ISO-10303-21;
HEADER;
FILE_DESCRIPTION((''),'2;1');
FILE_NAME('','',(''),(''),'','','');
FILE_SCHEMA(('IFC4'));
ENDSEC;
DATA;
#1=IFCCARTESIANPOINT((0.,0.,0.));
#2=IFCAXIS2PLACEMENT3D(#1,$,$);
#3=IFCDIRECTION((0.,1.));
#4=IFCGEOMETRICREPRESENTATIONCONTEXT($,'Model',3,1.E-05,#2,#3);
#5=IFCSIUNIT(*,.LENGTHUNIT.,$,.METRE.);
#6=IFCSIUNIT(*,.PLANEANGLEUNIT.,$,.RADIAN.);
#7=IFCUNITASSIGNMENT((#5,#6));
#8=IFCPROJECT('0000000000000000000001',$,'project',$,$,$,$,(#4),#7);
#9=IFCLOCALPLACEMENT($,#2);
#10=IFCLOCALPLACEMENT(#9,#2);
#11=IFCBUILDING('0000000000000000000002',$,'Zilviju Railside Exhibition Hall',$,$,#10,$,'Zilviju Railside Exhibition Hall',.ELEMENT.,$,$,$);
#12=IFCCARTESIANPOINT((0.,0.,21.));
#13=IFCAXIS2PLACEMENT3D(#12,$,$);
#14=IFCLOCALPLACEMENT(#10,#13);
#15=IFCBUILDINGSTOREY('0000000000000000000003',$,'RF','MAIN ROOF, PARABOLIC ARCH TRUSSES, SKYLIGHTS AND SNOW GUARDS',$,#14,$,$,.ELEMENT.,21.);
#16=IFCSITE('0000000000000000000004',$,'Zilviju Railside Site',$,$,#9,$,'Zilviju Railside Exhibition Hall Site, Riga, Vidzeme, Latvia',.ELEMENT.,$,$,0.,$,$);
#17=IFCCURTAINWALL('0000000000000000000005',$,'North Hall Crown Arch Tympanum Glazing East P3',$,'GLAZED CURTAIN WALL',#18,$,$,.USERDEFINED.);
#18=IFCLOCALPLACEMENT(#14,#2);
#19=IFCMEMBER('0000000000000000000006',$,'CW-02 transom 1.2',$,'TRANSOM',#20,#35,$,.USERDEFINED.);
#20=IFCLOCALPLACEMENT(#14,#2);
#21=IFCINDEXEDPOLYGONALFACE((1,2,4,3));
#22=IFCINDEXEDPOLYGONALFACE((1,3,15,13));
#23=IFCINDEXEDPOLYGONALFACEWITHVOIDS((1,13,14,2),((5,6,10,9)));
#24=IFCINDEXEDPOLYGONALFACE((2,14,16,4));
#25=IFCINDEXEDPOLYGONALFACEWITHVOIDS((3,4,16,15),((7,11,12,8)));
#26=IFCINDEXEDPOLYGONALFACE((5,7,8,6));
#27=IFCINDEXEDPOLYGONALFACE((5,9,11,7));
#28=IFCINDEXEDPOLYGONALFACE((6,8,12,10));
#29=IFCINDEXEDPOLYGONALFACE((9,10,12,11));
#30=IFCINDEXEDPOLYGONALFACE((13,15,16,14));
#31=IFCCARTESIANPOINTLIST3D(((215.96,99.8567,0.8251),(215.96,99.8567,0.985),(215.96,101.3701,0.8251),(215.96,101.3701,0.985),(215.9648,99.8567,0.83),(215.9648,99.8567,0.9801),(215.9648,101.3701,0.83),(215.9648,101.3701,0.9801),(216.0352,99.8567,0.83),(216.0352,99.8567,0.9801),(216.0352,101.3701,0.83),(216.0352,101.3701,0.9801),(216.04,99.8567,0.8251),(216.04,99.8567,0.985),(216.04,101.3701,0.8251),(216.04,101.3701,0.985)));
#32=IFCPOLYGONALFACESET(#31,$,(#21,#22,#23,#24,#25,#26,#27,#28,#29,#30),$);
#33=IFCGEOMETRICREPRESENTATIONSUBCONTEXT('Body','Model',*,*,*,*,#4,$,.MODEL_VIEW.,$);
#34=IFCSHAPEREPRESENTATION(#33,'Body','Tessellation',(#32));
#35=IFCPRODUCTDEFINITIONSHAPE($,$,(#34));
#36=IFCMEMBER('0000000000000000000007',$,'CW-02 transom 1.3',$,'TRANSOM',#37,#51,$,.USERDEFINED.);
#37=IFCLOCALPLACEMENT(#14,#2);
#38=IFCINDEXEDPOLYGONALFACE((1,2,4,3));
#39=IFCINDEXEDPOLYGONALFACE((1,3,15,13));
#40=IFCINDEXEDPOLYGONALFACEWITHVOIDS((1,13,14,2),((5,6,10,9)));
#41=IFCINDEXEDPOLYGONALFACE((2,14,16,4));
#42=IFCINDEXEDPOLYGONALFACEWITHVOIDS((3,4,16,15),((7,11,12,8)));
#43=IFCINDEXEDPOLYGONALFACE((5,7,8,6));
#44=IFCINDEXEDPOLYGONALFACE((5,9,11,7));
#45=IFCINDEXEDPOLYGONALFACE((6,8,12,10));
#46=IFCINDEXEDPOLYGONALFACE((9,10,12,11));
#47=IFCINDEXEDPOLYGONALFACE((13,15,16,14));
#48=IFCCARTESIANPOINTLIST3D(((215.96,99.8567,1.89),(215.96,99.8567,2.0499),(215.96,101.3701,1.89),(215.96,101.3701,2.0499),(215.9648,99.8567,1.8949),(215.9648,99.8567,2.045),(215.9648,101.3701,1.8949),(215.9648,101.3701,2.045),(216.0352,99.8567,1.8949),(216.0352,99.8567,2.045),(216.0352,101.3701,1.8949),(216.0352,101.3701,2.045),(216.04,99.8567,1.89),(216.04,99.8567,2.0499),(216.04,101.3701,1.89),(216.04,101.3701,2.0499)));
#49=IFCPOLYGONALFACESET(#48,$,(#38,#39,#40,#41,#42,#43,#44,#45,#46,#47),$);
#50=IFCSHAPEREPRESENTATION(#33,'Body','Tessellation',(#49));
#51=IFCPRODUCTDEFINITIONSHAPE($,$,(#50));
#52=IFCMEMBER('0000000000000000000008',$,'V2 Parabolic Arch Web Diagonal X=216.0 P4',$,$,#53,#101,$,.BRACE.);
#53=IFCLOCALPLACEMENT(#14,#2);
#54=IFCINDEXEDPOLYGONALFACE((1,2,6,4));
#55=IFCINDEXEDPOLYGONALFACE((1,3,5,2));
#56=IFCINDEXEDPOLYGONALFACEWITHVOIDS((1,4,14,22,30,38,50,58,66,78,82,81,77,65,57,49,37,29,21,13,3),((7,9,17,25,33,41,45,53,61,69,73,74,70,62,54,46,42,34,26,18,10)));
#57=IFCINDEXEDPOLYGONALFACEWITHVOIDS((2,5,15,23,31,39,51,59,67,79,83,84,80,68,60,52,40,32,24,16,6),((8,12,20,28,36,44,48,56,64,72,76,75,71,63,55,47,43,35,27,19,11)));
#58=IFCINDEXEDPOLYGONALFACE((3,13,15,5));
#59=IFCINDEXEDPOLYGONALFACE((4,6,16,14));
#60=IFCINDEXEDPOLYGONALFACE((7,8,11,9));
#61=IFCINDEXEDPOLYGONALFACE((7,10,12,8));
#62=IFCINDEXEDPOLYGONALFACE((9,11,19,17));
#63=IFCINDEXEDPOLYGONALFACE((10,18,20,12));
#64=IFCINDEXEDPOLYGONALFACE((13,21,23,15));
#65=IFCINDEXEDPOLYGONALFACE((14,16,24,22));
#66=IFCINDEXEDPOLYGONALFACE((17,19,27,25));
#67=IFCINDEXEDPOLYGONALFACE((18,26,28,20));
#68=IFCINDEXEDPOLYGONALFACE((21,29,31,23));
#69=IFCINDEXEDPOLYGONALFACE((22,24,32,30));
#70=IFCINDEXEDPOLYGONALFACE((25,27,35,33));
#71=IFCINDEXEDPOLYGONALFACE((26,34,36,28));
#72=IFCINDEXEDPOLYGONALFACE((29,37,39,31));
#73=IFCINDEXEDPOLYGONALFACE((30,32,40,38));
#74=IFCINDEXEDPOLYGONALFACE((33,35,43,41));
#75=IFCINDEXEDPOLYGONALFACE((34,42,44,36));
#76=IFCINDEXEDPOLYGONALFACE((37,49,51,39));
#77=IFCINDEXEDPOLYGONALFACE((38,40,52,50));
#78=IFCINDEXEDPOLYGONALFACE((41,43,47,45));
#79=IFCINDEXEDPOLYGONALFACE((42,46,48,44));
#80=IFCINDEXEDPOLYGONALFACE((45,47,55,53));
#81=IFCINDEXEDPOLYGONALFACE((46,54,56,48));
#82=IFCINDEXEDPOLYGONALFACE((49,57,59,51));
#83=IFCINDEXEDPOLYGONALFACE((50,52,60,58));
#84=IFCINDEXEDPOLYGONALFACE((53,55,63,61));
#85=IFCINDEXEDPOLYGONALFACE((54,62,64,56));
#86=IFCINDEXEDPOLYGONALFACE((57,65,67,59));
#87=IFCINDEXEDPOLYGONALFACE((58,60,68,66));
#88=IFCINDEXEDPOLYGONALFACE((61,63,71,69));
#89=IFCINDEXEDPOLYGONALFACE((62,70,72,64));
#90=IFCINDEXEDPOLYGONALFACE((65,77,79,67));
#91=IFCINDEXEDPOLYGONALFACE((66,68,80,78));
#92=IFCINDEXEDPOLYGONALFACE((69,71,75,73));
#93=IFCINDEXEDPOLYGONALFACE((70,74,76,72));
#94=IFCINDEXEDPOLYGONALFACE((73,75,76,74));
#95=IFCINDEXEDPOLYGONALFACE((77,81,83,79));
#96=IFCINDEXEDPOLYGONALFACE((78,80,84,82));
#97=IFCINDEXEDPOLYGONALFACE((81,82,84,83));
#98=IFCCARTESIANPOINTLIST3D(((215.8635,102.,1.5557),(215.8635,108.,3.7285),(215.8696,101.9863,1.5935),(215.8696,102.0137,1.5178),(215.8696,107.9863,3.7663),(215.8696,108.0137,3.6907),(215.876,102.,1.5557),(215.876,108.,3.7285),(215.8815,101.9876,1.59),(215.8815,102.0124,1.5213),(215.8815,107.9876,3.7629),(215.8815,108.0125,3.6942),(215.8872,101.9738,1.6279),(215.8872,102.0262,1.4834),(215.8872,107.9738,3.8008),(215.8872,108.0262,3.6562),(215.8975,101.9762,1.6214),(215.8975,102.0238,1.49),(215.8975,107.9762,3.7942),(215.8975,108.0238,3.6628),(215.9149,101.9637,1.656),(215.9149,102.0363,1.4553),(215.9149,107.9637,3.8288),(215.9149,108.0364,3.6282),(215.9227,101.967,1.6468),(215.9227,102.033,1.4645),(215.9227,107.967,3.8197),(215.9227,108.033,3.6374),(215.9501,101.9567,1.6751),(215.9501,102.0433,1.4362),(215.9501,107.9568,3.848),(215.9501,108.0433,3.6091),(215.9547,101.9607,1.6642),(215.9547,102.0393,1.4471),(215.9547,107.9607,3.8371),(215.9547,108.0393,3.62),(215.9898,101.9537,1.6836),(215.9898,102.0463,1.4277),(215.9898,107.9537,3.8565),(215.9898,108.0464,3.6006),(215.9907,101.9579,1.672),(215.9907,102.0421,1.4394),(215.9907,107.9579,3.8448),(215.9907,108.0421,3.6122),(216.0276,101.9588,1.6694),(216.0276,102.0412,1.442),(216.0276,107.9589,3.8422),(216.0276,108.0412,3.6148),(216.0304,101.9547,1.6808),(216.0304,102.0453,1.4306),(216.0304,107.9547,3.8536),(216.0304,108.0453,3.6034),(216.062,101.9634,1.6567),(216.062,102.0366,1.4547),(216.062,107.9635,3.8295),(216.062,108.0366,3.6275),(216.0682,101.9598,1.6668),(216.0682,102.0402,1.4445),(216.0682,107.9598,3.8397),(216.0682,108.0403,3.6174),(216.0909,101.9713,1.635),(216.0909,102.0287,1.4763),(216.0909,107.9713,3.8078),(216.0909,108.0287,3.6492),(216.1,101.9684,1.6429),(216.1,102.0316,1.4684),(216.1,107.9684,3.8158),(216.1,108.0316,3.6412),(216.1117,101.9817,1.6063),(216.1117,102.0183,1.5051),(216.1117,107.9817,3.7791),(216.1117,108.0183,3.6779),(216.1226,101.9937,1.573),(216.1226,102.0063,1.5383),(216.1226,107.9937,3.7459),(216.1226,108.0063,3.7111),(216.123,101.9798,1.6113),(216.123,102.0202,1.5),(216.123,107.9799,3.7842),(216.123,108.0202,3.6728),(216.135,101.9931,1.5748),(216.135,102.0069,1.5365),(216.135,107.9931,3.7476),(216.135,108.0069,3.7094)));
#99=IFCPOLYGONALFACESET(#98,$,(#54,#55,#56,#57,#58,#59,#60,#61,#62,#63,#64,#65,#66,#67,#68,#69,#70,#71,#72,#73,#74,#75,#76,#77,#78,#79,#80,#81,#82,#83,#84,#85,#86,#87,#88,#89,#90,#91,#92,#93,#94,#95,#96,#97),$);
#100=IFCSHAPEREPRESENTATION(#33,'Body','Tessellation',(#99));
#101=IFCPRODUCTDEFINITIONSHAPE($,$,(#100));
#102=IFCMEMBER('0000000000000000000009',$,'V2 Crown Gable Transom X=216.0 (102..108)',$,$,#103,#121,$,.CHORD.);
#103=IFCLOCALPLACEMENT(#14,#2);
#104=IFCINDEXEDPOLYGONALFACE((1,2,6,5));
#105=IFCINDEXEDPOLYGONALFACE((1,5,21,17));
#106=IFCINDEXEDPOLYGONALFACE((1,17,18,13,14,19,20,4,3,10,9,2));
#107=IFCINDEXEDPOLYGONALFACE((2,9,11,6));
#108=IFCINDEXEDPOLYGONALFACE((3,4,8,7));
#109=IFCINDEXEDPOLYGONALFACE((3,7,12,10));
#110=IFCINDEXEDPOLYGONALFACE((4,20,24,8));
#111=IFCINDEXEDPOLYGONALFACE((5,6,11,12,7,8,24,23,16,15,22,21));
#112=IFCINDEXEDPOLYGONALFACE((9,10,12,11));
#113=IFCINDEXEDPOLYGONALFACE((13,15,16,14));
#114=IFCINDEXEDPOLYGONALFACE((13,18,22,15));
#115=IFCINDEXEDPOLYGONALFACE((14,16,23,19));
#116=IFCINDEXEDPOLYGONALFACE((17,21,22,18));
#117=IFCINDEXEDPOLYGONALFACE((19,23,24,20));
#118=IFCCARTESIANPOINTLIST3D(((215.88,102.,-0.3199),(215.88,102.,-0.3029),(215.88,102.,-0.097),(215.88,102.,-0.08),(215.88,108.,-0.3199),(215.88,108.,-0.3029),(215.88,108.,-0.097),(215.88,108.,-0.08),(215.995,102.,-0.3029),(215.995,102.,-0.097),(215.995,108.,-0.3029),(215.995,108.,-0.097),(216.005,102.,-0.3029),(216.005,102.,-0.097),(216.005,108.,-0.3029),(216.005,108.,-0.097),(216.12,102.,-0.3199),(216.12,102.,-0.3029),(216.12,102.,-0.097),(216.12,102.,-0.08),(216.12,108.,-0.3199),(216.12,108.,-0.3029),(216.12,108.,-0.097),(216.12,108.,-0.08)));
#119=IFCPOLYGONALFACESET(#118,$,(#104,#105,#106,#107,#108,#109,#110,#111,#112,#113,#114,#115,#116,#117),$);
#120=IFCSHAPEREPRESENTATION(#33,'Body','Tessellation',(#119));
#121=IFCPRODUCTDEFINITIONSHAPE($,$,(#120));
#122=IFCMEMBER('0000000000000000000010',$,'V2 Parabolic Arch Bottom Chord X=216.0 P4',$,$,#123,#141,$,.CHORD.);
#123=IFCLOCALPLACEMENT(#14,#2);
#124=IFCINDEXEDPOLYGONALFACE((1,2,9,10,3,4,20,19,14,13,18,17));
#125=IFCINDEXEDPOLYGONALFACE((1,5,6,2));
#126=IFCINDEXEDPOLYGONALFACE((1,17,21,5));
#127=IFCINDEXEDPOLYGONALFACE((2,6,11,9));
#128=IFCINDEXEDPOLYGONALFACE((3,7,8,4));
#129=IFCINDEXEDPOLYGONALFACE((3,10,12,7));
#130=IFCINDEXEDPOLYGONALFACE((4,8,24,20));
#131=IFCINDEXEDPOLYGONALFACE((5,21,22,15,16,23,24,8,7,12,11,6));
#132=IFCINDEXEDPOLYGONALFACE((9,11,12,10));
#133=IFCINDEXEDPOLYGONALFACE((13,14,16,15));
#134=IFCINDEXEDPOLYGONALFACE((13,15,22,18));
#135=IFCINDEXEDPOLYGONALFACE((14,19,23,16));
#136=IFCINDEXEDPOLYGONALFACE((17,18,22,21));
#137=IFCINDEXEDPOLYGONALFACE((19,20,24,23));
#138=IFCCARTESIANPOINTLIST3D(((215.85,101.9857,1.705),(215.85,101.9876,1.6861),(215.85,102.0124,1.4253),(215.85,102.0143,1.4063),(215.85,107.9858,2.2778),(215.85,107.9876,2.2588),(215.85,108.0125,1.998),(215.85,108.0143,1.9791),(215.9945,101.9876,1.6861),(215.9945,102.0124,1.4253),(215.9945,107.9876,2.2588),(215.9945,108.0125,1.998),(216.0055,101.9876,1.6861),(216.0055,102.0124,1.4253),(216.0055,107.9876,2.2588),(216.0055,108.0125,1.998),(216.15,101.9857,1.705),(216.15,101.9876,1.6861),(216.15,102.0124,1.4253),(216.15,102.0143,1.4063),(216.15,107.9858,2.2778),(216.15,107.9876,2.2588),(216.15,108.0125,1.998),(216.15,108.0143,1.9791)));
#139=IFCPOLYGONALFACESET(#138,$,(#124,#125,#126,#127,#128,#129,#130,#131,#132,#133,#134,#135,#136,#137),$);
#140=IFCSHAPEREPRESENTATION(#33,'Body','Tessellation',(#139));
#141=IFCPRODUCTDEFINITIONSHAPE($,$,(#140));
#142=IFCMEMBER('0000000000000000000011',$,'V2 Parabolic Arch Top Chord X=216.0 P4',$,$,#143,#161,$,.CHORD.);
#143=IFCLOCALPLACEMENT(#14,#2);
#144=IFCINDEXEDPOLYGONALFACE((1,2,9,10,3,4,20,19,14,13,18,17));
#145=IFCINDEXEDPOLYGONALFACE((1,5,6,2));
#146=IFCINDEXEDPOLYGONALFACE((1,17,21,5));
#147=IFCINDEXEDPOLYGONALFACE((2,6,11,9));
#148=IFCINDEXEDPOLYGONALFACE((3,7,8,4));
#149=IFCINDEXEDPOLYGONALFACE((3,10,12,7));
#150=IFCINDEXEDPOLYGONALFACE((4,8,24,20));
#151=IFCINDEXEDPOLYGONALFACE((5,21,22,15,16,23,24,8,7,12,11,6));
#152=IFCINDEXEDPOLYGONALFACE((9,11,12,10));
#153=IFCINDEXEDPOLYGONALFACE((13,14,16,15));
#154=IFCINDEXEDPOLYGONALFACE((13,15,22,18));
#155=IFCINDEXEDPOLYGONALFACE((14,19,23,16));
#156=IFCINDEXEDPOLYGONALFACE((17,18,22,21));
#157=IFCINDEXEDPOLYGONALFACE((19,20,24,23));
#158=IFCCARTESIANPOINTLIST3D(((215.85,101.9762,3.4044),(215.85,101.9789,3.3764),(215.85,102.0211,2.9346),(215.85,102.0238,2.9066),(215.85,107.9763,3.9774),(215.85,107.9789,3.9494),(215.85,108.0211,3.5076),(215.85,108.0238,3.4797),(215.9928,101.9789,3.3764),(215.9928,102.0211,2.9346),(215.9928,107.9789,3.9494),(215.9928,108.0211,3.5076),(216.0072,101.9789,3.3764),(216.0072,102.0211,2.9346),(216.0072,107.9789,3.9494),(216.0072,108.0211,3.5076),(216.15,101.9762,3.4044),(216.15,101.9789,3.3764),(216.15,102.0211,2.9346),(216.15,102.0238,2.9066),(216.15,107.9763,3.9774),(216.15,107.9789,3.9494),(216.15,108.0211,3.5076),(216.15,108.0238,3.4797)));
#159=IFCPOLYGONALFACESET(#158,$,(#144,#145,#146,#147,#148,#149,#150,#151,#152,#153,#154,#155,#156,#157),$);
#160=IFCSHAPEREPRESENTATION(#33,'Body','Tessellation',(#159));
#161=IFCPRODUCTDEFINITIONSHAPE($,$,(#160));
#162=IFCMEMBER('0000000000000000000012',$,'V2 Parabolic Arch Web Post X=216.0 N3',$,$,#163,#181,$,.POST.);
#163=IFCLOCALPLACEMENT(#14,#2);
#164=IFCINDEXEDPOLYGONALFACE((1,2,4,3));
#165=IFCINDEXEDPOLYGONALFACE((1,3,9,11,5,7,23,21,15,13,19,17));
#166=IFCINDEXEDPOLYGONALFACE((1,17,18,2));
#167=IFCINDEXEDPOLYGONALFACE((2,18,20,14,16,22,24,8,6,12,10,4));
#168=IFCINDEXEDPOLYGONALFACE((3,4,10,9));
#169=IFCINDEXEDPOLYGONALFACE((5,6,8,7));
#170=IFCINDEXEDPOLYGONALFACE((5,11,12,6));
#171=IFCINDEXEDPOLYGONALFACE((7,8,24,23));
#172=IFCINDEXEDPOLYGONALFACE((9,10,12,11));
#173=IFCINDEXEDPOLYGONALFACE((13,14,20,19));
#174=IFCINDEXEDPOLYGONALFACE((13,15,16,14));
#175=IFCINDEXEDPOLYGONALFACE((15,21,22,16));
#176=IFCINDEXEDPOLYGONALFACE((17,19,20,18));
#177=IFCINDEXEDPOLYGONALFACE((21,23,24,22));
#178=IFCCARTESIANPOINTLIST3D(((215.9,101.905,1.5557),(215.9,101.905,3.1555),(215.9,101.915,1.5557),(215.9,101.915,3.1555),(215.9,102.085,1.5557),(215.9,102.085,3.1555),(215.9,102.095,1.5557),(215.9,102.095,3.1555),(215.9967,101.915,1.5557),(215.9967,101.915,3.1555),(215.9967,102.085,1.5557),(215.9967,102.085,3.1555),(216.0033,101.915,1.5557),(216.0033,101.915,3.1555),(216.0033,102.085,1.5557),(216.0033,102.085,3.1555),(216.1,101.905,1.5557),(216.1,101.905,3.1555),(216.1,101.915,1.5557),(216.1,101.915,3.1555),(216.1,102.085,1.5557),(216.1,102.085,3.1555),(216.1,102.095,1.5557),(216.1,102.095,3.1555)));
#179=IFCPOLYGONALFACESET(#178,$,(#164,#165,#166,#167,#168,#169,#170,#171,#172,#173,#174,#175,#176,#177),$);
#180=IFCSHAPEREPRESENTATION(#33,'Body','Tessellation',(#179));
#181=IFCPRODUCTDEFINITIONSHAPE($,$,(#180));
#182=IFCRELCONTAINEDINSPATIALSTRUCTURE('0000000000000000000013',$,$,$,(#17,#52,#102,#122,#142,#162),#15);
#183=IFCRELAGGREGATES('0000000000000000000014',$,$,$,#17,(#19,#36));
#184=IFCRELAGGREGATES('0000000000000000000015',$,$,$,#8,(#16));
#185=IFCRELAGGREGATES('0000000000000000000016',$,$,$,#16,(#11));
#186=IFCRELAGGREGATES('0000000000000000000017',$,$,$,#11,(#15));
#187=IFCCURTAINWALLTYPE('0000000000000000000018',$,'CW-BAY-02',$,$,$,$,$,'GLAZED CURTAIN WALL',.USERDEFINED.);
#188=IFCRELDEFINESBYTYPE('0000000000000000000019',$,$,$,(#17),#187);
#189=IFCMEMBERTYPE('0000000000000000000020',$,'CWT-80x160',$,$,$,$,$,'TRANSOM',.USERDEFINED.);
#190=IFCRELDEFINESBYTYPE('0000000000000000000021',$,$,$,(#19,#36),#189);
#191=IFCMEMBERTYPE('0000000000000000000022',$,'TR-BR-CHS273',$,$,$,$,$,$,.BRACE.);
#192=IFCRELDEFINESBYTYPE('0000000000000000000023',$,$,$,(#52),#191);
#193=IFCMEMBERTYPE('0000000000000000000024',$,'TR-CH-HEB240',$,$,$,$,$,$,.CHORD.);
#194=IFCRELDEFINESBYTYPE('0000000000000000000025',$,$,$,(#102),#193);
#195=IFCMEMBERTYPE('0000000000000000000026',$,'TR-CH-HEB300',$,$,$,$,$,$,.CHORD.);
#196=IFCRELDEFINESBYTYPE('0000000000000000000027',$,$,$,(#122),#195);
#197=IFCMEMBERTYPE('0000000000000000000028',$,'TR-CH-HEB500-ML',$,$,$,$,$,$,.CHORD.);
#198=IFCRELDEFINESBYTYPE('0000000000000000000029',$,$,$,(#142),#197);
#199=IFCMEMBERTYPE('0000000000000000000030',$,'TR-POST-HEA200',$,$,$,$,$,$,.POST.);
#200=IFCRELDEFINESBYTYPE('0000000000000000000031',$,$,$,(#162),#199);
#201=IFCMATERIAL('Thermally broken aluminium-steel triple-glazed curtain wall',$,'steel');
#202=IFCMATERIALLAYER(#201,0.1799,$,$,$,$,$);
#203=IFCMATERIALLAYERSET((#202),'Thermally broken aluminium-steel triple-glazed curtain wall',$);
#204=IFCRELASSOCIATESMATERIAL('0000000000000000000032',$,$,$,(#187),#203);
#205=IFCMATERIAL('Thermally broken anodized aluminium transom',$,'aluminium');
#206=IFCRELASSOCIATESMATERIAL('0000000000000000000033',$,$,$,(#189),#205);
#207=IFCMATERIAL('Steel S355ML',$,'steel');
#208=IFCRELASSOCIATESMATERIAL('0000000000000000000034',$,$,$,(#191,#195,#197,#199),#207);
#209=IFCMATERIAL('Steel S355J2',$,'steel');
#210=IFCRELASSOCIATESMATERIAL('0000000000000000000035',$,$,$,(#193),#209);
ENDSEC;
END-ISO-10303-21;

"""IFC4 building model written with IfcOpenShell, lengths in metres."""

from ifc_helpers import new_model, si_unit, direction, frame, origin, origin_2d, place, context, subcontext, project, spatial, hollow_rectangle, hollow_circle, i_section, extrude, material, layer, layer_set, material_profile, profile_set, type_object, element, aggregate, save


model = new_model("IFC4")

# Units and contexts
model_context = context("Model", 3, precision=1e-05, world=origin(), true_north=direction((0.0, 1.0)))
body_context = subcontext(model_context, "Body", "Model", "MODEL_VIEW")
ifc_project = project(units=[si_unit("LENGTHUNIT", "METRE"), si_unit("PLANEANGLEUNIT", "RADIAN")], contexts=[model_context])

# Site, building, storey
site_placement = place(None, origin())
site = spatial("IfcSite", under=ifc_project, at=site_placement, Name="Zilviju Railside Site", LongName="Zilviju Railside Exhibition Hall Site, Riga, Vidzeme, Latvia", CompositionType="ELEMENT", RefElevation=0.0)
building_placement = place(site_placement, origin())
building = spatial("IfcBuilding", under=site, at=building_placement, Name="Zilviju Railside Exhibition Hall", LongName="Zilviju Railside Exhibition Hall", CompositionType="ELEMENT")
storey_placement = place(building_placement, frame((0.0, 0.0, 21.0)))
storey = spatial("IfcBuildingStorey", under=building, at=storey_placement, Name="RF", Description="MAIN ROOF, PARABOLIC ARCH TRUSSES, SKYLIGHTS AND SNOW GUARDS", CompositionType="ELEMENT", Elevation=21.0)

# Curtain wall
ifc_material_1 = material(Name="Thermally broken aluminium-steel triple-glazed curtain wall", Category="steel")
ifc_layer_1 = layer(ifc_material_1, 0.1799)
ifc_layer_set_1 = layer_set([ifc_layer_1], Name="Thermally broken aluminium-steel triple-glazed curtain wall")
curtain_wall_type_1 = type_object("IfcCurtainWallType", Name="CW-BAY-02", ElementType="GLAZED CURTAIN WALL", PredefinedType="USERDEFINED", material=ifc_layer_set_1)
curtain_wall_1_placement = place(storey_placement, origin())
curtain_wall_1 = element("IfcCurtainWall", 1, at=curtain_wall_1_placement, inside=storey, type_object=curtain_wall_type_1, Name="North Hall Crown Arch Tympanum Glazing East P3", ObjectType="GLAZED CURTAIN WALL", PredefinedType="USERDEFINED")

# Shared definitions
ifc_material_2 = material(Name="Thermally broken anodized aluminium transom", Category="aluminium")

# Members
ifc_material_profile_1 = material_profile(ifc_material_2, hollow_rectangle(XDim=0.0801, YDim=0.1599, WallThickness=0.0049, at=origin_2d()), Name="TRANSOM 160x80x5")
ifc_profile_set_1 = profile_set([ifc_material_profile_1], Name="Thermally broken anodized aluminium transom")
member_type_1 = type_object("IfcMemberType", Name="CWT-80x160", ElementType="TRANSOM", PredefinedType="USERDEFINED", material=ifc_profile_set_1)
member_1_placement = place(storey_placement, frame((216.0, 101.3701, 0.905), z_axis=(0.0, -1.0, 0.0), x_axis=(1.0, 0.0, 0.0)))
member_1 = element("IfcMember", 2, at=member_1_placement, type_object=member_type_1, Name="CW-02 transom 1.2", ObjectType="TRANSOM", PredefinedType="USERDEFINED", context=body_context, shape_type="SweptSolid", body=[
    extrude(hollow_rectangle(XDim=0.0801, YDim=0.1599, WallThickness=0.0049, at=origin_2d()), origin(), (0.0, 0.0, 1.0), 1.5134),
])
member_2_placement = place(storey_placement, frame((216.0, 101.3701, 1.97), z_axis=(0.0, -1.0, 0.0), x_axis=(1.0, 0.0, 0.0)))
member_2 = element("IfcMember", 3, at=member_2_placement, type_object=member_type_1, Name="CW-02 transom 1.3", ObjectType="TRANSOM", PredefinedType="USERDEFINED", context=body_context, shape_type="SweptSolid", body=[
    extrude(hollow_rectangle(XDim=0.0801, YDim=0.1599, WallThickness=0.0049, at=origin_2d()), origin(), (0.0, 0.0, 1.0), 1.5134),
])

# Members
ifc_material_3 = material(Name="Steel S355ML", Category="steel")
ifc_material_profile_2 = material_profile(ifc_material_3, hollow_circle(Radius=0.1365, WallThickness=0.0125, at=origin_2d()), Name="CHS 273.0x12.5")
ifc_profile_set_2 = profile_set([ifc_material_profile_2], Name="Steel S355ML")
member_type_2 = type_object("IfcMemberType", Name="TR-BR-CHS273", PredefinedType="BRACE", material=ifc_profile_set_2)
member_3_placement = place(storey_placement, frame((216.0, 102.0, 1.5557), z_axis=(0.0, 0.940244, 0.340502), x_axis=(-1.0, 0.0, 0.0)))
element("IfcMember", 4, at=member_3_placement, inside=storey, type_object=member_type_2, Name="V2 Parabolic Arch Web Diagonal X=216.0 P4", PredefinedType="BRACE", context=body_context, shape_type="SweptSolid", body=[
    extrude(hollow_circle(Radius=0.1365, WallThickness=0.0125, at=origin_2d()), origin(), (0.0, 0.0, 1.0), 6.3813),
])
ifc_material_4 = material(Name="Steel S355J2", Category="steel")
ifc_material_profile_3 = material_profile(ifc_material_4, i_section(OverallWidth=0.24, OverallDepth=0.24, WebThickness=0.01, FlangeThickness=0.0171, at=origin_2d()), Name="HEB 240")
ifc_profile_set_3 = profile_set([ifc_material_profile_3], Name="Steel S355J2")
member_type_3 = type_object("IfcMemberType", Name="TR-CH-HEB240", PredefinedType="CHORD", material=ifc_profile_set_3)
member_4_placement = place(storey_placement, frame((216.0, 102.0, -0.2), z_axis=(0.0, 1.0, 0.0), x_axis=(-1.0, 0.0, 0.0)))
element("IfcMember", 5, at=member_4_placement, inside=storey, type_object=member_type_3, Name="V2 Crown Gable Transom X=216.0 (102..108)", PredefinedType="CHORD", context=body_context, shape_type="SweptSolid", body=[
    extrude(i_section(OverallWidth=0.24, OverallDepth=0.24, WebThickness=0.01, FlangeThickness=0.0171, at=origin_2d()), origin(), (0.0, 0.0, 1.0), 6.0),
])
ifc_material_profile_4 = material_profile(ifc_material_3, i_section(OverallWidth=0.3, OverallDepth=0.3, WebThickness=0.011, FlangeThickness=0.019, at=origin_2d()), Name="HEB 300")
ifc_profile_set_4 = profile_set([ifc_material_profile_4], Name="Steel S355ML")
member_type_4 = type_object("IfcMemberType", Name="TR-CH-HEB300", PredefinedType="CHORD", material=ifc_profile_set_4)
member_5_placement = place(storey_placement, frame((216.0, 102.0, 1.5557), z_axis=(0.0, 0.995475, 0.095027), x_axis=(-1.0, 0.0, 0.0)))
element("IfcMember", 6, at=member_5_placement, inside=storey, type_object=member_type_4, Name="V2 Parabolic Arch Bottom Chord X=216.0 P4", PredefinedType="CHORD", context=body_context, shape_type="SweptSolid", body=[
    extrude(i_section(OverallWidth=0.3, OverallDepth=0.3, WebThickness=0.011, FlangeThickness=0.019, at=origin_2d()), origin(), (0.0, 0.0, 1.0), 6.0273),
])
ifc_material_profile_5 = material_profile(ifc_material_3, i_section(OverallWidth=0.3, OverallDepth=0.5, WebThickness=0.0144, FlangeThickness=0.0281, at=origin_2d()), Name="HEB 500")
ifc_profile_set_5 = profile_set([ifc_material_profile_5], Name="Steel S355ML")
member_type_5 = type_object("IfcMemberType", Name="TR-CH-HEB500-ML", PredefinedType="CHORD", material=ifc_profile_set_5)
member_6_placement = place(storey_placement, frame((216.0, 102.0, 3.1555), z_axis=(0.0, 0.995471, 0.095067), x_axis=(-1.0, 0.0, 0.0)))
element("IfcMember", 7, at=member_6_placement, inside=storey, type_object=member_type_5, Name="V2 Parabolic Arch Top Chord X=216.0 P4", PredefinedType="CHORD", context=body_context, shape_type="SweptSolid", body=[
    extrude(i_section(OverallWidth=0.3, OverallDepth=0.5, WebThickness=0.0144, FlangeThickness=0.0281, at=origin_2d()), origin(), (0.0, 0.0, 1.0), 6.0273),
])
ifc_material_profile_6 = material_profile(ifc_material_3, i_section(OverallWidth=0.2, OverallDepth=0.1899, WebThickness=0.0066, FlangeThickness=0.01, at=origin_2d()), Name="HEA 200")
ifc_profile_set_6 = profile_set([ifc_material_profile_6], Name="Steel S355ML")
member_type_6 = type_object("IfcMemberType", Name="TR-POST-HEA200", PredefinedType="POST", material=ifc_profile_set_6)
member_7_placement = place(storey_placement, frame((216.0, 102.0, 1.5557), z_axis=(0.0, 0.0, 1.0), x_axis=(1.0, 0.0, 0.0)))
element("IfcMember", 8, at=member_7_placement, inside=storey, type_object=member_type_6, Name="V2 Parabolic Arch Web Post X=216.0 N3", PredefinedType="POST", context=body_context, shape_type="SweptSolid", body=[
    extrude(i_section(OverallWidth=0.2, OverallDepth=0.1899, WebThickness=0.0066, FlangeThickness=0.01, at=origin_2d()), origin(), (0.0, 0.0, 1.0), 1.5999),
])

aggregate(curtain_wall_1, [member_1, member_2])

save(model, "model.ifc")
